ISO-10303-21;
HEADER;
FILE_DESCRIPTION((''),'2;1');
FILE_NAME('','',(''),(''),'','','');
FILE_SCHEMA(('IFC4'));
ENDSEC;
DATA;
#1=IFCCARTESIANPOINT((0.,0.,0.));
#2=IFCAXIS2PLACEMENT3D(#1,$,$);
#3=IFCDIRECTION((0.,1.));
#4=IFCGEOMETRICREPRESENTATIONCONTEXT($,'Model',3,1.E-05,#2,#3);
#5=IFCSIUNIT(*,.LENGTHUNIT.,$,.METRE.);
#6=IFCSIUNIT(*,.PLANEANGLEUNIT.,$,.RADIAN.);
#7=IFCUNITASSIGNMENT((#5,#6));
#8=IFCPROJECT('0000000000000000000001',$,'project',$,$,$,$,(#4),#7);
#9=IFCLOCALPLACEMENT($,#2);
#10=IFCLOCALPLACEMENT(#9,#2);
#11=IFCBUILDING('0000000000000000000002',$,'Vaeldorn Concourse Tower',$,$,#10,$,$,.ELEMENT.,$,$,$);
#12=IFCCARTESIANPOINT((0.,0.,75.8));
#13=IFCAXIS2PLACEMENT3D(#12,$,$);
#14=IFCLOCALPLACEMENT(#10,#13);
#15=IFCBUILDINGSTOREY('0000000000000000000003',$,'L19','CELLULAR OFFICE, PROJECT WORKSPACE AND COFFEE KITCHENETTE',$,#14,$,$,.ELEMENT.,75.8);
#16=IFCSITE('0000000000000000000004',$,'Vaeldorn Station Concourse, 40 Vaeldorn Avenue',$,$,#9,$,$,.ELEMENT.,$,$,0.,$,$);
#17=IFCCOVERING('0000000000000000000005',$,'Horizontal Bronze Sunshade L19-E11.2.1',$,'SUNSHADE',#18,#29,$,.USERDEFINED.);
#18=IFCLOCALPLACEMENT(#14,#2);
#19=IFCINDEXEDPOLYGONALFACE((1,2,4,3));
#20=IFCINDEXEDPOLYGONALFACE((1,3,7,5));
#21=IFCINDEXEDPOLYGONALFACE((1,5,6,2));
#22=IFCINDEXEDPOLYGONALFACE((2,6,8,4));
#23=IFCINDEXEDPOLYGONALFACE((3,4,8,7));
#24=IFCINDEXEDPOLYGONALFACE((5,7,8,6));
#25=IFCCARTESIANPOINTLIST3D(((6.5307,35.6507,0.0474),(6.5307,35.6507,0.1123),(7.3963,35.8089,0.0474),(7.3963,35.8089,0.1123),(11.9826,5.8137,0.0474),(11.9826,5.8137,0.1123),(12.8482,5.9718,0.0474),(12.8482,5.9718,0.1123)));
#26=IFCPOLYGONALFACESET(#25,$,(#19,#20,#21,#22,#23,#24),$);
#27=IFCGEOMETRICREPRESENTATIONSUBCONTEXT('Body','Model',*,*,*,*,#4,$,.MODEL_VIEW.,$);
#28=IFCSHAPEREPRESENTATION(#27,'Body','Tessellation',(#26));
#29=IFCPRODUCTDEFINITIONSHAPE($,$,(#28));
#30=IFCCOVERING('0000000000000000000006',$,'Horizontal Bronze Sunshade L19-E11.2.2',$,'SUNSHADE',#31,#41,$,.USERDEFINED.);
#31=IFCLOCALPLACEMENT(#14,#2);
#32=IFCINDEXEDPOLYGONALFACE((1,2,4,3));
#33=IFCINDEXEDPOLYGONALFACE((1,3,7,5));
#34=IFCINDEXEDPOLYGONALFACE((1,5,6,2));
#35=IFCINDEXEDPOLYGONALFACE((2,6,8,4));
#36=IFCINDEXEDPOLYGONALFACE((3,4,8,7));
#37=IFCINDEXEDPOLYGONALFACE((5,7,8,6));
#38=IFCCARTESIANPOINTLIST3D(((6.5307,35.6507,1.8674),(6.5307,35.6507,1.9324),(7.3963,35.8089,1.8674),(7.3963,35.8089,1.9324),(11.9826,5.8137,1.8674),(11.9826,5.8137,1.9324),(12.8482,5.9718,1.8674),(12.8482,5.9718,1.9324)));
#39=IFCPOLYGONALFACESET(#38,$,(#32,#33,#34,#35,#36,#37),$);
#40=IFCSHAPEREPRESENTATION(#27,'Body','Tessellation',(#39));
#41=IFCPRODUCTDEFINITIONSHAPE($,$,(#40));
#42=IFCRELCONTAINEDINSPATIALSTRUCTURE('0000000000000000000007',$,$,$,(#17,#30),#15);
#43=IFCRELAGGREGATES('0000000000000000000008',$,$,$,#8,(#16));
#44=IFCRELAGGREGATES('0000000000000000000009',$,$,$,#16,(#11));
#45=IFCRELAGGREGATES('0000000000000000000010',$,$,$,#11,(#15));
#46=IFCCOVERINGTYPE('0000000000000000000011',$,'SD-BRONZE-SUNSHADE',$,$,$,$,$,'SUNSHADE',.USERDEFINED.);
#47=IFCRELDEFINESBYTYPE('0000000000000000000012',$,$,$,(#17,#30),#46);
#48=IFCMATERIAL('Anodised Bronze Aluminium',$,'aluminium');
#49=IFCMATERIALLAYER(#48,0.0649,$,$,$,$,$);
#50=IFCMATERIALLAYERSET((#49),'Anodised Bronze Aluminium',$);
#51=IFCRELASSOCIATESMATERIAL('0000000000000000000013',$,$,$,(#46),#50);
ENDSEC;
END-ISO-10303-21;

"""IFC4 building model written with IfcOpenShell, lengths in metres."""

from ifc_helpers import new_model, si_unit, direction, frame, origin, origin_2d, place, context, subcontext, project, spatial, rectangle, extrude, source, transform, mapped, material, layer, layer_set, type_object, element, save


model = new_model("IFC4")

# Units and contexts
model_context = context("Model", 3, precision=1e-05, world=origin(), true_north=direction((0.0, 1.0)))
body_context = subcontext(model_context, "Body", "Model", "MODEL_VIEW")
ifc_project = project(units=[si_unit("LENGTHUNIT", "METRE"), si_unit("PLANEANGLEUNIT", "RADIAN")], contexts=[model_context])

# Site, building, storey
site_placement = place(None, origin())
site = spatial("IfcSite", under=ifc_project, at=site_placement, Name="Vaeldorn Station Concourse, 40 Vaeldorn Avenue", CompositionType="ELEMENT", RefElevation=0.0)
building_placement = place(site_placement, origin())
building = spatial("IfcBuilding", under=site, at=building_placement, Name="Vaeldorn Concourse Tower", CompositionType="ELEMENT")
storey_placement = place(building_placement, frame((0.0, 0.0, 75.8)))
storey = spatial("IfcBuildingStorey", under=building, at=storey_placement, Name="L19", Description="CELLULAR OFFICE, PROJECT WORKSPACE AND COFFEE KITCHENETTE", CompositionType="ELEMENT", Elevation=75.8)

# Shared definitions
ifc_material_1 = material(Name="Anodised Bronze Aluminium", Category="aluminium")

# Coverings
ifc_layer_1 = layer(ifc_material_1, 0.0649)
ifc_layer_set_1 = layer_set([ifc_layer_1], Name="Anodised Bronze Aluminium")
covering_type = type_object("IfcCoveringType", Name="SD-BRONZE-SUNSHADE", ElementType="SUNSHADE", PredefinedType="USERDEFINED", material=ifc_layer_set_1)
shared_shape_1 = source(origin(), body_context, "Body", "SweptSolid", [
    extrude(rectangle(XDim=30.3311, YDim=0.8799, at=origin_2d()), origin(), (0.0, 0.0, 1.0), 0.0649),
])
for number, where, z_axis, x_axis, name in (
    (1, (9.6895, 20.8113, 0.0474), (0.0, 0.0, 1.0), (0.179747, -0.983713, 0.0), "Horizontal Bronze Sunshade L19-E11.2.1"),
    (2, (9.6895, 20.8113, 1.8674), (0.0, 0.0, 1.0), (0.179747, -0.983713, 0.0), "Horizontal Bronze Sunshade L19-E11.2.2"),
):
    element("IfcCovering", number, at=place(storey_placement, frame(where, z_axis=z_axis, x_axis=x_axis)), inside=storey, type_object=covering_type, Name=name, ObjectType="SUNSHADE", PredefinedType="USERDEFINED", context=body_context, shape_type="MappedRepresentation", body=[
        mapped(shared_shape_1, transform((0.0, 0.0, 0.0), scale=1.0)),
    ])

save(model, "model.ifc")
